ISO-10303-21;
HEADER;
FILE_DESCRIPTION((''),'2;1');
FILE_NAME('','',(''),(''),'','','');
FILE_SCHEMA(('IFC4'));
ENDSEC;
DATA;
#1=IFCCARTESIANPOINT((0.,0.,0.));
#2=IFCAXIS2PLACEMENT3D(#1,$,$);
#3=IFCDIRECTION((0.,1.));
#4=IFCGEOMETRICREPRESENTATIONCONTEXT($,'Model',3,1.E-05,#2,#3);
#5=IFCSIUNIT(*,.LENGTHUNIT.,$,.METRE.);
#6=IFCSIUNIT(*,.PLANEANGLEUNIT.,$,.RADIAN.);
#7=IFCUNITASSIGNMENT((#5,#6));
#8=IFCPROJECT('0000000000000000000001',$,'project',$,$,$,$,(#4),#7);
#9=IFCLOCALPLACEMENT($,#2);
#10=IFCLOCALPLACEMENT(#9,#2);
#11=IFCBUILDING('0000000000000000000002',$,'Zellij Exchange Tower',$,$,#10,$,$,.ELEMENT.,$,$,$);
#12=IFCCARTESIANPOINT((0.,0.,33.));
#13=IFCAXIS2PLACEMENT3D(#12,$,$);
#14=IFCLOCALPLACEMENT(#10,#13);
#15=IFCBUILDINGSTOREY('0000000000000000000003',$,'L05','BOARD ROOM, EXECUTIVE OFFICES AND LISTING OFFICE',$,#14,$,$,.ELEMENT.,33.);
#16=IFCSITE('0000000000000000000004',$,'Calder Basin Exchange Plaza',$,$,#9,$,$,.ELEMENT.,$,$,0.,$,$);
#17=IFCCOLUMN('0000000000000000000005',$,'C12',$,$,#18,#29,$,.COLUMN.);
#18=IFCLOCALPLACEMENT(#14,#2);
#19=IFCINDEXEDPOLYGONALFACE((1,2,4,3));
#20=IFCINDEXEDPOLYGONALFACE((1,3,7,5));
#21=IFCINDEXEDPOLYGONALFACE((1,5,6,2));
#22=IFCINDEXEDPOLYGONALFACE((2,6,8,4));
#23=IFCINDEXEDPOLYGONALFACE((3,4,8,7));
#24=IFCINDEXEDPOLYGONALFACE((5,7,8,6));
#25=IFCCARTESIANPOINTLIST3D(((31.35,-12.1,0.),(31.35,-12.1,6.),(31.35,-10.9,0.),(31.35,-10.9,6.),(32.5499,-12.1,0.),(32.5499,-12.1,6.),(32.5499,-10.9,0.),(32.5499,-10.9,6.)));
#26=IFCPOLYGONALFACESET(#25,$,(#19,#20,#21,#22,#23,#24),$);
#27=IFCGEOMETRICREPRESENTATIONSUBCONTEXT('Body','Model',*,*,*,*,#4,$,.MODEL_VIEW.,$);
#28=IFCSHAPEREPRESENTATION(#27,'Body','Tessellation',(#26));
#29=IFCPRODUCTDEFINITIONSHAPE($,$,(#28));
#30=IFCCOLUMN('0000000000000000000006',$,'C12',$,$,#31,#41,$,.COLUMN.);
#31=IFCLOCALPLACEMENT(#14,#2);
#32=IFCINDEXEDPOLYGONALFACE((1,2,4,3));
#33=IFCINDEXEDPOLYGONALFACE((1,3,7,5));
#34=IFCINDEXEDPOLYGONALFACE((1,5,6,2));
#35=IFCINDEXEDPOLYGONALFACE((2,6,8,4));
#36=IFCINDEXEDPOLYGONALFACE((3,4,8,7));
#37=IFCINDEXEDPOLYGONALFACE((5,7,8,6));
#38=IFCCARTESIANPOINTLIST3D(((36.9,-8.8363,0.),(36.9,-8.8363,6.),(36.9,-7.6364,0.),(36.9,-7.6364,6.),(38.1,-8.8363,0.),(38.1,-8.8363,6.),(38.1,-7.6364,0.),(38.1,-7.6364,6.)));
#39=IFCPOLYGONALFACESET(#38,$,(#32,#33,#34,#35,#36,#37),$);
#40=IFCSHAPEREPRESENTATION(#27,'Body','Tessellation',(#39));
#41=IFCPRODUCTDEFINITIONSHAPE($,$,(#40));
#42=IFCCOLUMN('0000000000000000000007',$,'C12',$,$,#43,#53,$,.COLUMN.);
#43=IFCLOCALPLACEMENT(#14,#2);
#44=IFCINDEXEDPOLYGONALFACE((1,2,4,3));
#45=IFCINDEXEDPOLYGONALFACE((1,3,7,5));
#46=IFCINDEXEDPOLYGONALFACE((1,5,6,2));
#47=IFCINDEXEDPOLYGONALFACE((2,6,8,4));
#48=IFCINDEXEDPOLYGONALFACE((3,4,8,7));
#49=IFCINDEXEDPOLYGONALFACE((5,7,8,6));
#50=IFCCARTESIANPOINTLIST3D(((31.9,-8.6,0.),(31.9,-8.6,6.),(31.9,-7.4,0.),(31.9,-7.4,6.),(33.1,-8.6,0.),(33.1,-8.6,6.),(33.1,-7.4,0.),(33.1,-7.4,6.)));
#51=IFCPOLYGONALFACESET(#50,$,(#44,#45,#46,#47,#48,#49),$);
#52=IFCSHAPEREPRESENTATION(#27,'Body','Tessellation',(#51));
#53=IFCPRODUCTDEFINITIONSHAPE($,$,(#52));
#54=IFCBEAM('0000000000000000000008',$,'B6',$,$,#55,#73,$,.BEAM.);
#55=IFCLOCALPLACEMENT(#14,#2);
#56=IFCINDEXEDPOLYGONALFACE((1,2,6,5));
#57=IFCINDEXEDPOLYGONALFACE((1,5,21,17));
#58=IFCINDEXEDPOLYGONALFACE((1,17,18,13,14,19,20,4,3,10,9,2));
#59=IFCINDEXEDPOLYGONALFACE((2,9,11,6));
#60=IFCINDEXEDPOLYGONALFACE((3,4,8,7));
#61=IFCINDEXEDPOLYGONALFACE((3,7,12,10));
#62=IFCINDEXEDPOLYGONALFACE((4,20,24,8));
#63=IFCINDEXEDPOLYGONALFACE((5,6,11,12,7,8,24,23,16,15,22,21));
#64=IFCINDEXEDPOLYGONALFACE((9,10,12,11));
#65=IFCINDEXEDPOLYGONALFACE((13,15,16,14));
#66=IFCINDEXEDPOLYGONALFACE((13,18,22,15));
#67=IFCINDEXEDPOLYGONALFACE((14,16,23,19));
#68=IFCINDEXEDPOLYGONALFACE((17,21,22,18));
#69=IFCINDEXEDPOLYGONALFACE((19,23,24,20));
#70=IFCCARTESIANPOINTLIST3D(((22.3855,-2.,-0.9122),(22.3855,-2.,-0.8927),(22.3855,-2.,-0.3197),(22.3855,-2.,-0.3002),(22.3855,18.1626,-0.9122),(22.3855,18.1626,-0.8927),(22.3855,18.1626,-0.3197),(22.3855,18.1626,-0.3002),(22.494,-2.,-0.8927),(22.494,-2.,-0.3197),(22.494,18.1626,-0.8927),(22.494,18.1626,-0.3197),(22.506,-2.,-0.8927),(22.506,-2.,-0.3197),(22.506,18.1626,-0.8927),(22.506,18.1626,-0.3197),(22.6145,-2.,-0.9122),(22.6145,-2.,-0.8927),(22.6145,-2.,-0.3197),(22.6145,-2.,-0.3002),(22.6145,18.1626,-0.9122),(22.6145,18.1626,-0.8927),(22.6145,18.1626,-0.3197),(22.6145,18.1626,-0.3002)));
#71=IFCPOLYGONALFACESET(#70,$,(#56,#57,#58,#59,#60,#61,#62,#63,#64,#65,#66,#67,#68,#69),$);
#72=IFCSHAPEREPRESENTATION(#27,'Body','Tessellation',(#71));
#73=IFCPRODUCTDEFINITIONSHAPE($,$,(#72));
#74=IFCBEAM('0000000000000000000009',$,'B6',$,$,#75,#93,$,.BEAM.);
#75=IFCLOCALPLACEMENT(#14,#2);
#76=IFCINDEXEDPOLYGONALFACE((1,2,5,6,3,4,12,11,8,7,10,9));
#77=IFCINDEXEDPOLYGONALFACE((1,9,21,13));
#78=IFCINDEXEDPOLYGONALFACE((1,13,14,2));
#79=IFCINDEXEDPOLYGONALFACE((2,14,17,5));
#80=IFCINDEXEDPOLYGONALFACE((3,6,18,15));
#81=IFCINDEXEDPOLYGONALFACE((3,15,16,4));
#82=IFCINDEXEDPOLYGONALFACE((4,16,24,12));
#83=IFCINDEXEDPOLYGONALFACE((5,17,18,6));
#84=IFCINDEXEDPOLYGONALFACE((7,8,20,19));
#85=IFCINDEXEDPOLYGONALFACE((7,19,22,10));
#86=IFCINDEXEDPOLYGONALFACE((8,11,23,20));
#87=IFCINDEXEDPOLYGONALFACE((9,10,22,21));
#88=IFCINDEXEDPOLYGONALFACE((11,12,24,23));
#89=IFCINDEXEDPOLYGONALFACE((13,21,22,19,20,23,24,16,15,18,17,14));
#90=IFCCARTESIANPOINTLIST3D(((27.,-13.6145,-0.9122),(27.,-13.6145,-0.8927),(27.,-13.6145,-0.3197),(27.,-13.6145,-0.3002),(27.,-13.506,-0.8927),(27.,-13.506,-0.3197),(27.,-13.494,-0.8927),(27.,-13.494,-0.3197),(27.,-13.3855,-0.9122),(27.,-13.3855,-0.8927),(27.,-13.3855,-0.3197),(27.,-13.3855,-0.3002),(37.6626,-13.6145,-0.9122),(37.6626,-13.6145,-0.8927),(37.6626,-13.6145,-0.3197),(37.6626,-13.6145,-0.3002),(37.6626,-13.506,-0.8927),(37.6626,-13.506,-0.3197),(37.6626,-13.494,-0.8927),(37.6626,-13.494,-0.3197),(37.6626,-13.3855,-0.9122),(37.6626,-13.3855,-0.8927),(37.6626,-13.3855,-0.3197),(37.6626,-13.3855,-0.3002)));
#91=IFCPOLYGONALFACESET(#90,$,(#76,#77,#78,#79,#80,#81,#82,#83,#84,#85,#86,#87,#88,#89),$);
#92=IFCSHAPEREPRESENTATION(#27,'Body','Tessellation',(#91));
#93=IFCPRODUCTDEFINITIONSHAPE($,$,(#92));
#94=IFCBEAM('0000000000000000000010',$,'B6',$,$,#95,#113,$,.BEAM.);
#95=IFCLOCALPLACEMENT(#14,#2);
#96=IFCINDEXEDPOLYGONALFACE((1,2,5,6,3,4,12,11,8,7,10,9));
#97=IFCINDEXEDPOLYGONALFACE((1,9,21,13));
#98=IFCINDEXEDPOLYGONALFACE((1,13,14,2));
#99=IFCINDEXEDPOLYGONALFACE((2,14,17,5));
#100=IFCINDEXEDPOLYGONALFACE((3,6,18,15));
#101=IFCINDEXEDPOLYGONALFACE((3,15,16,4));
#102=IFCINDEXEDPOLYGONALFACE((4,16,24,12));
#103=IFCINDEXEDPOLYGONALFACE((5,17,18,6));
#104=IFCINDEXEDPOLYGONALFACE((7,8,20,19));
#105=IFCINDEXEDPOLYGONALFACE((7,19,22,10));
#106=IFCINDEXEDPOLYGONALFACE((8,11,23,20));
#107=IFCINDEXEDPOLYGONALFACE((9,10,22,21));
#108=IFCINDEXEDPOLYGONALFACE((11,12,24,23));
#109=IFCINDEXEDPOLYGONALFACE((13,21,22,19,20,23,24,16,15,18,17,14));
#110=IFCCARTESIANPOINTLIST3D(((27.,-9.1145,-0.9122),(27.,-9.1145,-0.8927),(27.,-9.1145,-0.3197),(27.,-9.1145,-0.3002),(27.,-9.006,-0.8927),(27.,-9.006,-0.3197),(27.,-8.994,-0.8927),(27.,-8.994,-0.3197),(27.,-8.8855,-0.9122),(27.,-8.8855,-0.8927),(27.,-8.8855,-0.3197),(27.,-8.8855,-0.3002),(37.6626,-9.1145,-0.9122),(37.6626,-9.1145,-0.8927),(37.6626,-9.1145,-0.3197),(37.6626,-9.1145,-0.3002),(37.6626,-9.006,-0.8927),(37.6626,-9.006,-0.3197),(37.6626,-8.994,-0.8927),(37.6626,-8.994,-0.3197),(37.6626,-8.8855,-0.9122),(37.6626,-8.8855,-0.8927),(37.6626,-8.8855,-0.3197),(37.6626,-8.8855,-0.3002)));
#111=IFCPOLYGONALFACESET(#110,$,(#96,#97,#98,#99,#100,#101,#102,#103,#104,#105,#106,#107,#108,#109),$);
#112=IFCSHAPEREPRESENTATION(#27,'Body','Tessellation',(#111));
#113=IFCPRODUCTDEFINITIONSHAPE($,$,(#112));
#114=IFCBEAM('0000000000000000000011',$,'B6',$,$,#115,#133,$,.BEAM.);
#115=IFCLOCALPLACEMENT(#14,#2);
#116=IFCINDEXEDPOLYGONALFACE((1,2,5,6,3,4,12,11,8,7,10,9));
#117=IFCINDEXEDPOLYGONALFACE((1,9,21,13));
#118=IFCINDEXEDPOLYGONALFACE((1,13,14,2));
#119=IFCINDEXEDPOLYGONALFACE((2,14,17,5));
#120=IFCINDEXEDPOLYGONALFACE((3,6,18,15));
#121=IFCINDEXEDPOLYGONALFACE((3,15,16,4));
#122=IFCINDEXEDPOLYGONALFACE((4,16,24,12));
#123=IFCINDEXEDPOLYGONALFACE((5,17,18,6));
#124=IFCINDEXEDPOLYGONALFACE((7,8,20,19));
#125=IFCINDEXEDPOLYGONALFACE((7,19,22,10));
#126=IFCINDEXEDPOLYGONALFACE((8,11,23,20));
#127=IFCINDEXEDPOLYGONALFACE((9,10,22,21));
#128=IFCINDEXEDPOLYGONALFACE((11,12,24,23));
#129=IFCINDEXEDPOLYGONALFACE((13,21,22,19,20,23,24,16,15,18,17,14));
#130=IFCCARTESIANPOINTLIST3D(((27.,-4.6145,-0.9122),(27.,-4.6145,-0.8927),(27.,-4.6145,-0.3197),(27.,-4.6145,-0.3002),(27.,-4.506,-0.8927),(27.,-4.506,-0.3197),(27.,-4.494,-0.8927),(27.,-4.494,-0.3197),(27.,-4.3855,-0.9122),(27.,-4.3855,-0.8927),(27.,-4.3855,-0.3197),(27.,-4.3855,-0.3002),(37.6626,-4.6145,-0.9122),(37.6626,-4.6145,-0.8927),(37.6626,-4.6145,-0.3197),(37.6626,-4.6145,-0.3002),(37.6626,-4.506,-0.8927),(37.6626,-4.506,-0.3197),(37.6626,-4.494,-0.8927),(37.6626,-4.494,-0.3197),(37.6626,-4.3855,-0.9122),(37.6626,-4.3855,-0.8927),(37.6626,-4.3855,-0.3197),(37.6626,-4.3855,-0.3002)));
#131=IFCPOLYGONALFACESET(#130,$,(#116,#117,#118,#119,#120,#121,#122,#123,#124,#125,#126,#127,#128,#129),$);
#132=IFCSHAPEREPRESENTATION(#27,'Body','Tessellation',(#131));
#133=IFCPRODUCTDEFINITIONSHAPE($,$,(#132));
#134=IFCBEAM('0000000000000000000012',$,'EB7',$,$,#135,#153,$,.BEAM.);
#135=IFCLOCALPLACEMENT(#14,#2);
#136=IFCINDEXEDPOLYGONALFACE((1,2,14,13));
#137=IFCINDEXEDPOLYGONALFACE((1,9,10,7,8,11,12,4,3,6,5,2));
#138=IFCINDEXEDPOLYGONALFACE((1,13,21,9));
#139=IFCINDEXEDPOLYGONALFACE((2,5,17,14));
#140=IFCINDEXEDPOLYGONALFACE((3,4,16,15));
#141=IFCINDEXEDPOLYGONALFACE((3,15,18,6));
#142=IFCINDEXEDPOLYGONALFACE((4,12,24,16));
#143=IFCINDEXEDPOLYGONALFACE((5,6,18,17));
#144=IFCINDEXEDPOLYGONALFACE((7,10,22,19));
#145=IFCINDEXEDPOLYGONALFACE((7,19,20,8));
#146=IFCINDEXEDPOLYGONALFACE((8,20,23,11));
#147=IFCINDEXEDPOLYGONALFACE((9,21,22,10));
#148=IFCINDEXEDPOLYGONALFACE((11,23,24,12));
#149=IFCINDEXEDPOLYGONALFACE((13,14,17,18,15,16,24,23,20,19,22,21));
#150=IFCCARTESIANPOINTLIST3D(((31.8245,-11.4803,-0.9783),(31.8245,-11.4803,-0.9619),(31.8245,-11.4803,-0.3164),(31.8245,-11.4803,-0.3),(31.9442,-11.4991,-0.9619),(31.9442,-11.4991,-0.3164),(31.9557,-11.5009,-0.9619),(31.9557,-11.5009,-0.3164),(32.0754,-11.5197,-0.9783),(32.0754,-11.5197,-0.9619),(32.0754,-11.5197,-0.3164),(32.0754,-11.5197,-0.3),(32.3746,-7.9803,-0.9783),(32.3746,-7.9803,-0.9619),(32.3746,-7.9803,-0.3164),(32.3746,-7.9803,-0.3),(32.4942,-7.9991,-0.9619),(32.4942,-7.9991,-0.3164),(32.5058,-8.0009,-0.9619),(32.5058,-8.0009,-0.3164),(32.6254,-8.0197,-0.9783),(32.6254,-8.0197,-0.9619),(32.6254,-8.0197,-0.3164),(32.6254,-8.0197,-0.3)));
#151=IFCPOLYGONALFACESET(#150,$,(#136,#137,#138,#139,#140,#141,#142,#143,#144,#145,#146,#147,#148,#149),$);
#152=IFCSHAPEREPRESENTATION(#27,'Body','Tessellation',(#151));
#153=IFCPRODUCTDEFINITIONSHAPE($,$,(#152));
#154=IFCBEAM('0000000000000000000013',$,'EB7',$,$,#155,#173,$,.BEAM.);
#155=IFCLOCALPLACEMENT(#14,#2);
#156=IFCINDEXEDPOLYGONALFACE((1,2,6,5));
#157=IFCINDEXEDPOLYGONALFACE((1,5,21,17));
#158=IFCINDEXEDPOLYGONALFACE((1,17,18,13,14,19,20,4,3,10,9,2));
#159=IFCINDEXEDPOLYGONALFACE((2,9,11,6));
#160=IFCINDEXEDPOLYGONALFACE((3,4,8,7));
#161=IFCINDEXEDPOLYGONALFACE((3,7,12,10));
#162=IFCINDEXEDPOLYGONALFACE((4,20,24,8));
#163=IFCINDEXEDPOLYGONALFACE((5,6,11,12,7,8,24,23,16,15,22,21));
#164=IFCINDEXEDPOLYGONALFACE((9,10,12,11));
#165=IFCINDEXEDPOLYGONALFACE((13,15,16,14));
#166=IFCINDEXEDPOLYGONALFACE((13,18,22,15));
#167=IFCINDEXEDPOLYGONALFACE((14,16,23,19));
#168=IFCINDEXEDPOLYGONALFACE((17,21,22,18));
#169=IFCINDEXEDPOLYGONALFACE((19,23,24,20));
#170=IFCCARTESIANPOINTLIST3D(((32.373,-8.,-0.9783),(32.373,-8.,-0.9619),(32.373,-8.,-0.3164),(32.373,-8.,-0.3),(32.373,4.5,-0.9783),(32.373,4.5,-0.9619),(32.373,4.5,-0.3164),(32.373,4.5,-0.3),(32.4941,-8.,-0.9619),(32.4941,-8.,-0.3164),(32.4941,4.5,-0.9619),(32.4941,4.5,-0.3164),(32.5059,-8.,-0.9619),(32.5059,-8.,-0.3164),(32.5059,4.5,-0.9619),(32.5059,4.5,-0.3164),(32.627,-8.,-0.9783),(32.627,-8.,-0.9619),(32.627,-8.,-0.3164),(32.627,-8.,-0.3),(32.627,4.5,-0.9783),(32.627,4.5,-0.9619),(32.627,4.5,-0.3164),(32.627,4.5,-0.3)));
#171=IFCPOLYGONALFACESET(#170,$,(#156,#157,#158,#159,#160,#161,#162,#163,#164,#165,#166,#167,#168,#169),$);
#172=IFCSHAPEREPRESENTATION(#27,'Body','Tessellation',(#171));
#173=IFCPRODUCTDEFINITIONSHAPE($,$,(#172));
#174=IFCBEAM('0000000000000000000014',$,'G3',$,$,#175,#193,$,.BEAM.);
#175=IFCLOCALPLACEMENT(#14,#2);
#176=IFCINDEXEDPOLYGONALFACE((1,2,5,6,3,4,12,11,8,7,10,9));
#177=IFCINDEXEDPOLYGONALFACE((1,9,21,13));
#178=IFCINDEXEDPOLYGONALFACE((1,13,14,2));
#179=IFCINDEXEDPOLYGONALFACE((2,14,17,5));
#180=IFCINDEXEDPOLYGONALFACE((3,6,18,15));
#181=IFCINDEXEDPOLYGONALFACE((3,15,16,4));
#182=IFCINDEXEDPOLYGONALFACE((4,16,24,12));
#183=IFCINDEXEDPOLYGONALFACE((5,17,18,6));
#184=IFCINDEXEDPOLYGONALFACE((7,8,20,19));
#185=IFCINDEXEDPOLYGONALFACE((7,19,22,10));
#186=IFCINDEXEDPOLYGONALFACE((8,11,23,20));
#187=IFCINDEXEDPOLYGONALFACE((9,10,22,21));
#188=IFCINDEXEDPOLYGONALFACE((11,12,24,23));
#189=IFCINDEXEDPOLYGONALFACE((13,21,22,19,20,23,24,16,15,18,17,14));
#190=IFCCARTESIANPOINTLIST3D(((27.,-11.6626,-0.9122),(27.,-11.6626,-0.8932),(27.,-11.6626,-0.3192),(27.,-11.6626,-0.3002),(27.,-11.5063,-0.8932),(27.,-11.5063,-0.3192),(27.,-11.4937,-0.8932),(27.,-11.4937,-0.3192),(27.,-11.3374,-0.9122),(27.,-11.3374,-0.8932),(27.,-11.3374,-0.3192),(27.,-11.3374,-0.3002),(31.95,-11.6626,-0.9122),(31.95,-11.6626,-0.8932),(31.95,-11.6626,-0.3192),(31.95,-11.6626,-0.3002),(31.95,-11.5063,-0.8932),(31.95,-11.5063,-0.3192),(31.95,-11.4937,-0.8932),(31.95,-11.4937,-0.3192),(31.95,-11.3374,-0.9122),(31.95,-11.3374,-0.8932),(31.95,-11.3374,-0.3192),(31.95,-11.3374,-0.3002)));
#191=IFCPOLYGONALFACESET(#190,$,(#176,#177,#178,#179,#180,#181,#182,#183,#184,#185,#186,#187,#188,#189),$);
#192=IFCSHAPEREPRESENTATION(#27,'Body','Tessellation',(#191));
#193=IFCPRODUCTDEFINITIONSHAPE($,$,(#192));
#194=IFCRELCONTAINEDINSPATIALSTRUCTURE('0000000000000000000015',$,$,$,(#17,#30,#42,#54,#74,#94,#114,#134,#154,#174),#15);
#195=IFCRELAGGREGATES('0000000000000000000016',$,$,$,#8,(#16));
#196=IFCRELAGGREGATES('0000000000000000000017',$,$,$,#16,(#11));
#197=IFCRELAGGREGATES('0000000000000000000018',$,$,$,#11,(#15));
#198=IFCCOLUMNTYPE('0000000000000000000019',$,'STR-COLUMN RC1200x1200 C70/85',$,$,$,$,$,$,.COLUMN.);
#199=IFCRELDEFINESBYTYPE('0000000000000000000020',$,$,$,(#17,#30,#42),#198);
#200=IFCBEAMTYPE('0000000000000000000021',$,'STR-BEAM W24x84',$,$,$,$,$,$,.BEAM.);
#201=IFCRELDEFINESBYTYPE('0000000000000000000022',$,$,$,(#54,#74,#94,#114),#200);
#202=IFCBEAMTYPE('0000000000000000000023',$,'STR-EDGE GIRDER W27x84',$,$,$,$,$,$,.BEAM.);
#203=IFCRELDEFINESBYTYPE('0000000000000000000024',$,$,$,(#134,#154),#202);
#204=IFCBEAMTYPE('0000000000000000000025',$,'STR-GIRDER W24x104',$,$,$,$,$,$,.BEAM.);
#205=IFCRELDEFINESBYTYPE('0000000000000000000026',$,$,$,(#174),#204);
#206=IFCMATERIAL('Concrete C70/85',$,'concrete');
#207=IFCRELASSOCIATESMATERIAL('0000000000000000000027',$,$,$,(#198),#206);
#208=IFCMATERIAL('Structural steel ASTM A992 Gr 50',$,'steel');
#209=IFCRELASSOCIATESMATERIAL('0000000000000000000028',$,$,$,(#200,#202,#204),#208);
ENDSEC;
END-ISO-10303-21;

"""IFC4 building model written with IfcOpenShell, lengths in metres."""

from ifc_helpers import new_model, si_unit, direction, frame, origin, origin_2d, place, context, subcontext, project, spatial, rectangle, i_section, extrude, material, material_profile, profile_set, type_object, element, save


model = new_model("IFC4")

# Units and contexts
model_context = context("Model", 3, precision=1e-05, world=origin(), true_north=direction((0.0, 1.0)))
body_context = subcontext(model_context, "Body", "Model", "MODEL_VIEW")
ifc_project = project(units=[si_unit("LENGTHUNIT", "METRE"), si_unit("PLANEANGLEUNIT", "RADIAN")], contexts=[model_context])

# Site, building, storey
site_placement = place(None, origin())
site = spatial("IfcSite", under=ifc_project, at=site_placement, Name="Calder Basin Exchange Plaza", CompositionType="ELEMENT", RefElevation=0.0)
building_placement = place(site_placement, origin())
building = spatial("IfcBuilding", under=site, at=building_placement, Name="Zellij Exchange Tower", CompositionType="ELEMENT")
storey_placement = place(building_placement, frame((0.0, 0.0, 33.0)))
storey = spatial("IfcBuildingStorey", under=building, at=storey_placement, Name="L05", Description="BOARD ROOM, EXECUTIVE OFFICES AND LISTING OFFICE", CompositionType="ELEMENT", Elevation=33.0)

# Columns
ifc_material_1 = material(Name="Concrete C70/85", Category="concrete")
ifc_material_profile_1 = material_profile(ifc_material_1, rectangle(XDim=1.2, YDim=1.2, at=origin_2d()), Name="STR-COLUMN RC1200x1200 C70/85")
ifc_profile_set_1 = profile_set([ifc_material_profile_1], Name="Concrete C70/85")
column_type = type_object("IfcColumnType", Name="STR-COLUMN RC1200x1200 C70/85", PredefinedType="COLUMN", material=ifc_profile_set_1)
for number, where, z_axis, x_axis, name in (
    (1, (31.95, -11.5, 0.0), (0.0, 0.0, 1.0), (1.0, 0.0, 0.0), "C12"),
    (2, (37.5, -8.2363, 0.0), (0.0, 0.0, 1.0), (1.0, 0.0, 0.0), "C12"),
    (3, (32.5, -8.0, 0.0), (0.0, 0.0, 1.0), (1.0, 0.0, 0.0), "C12"),
):
    element("IfcColumn", number, at=place(storey_placement, frame(where, z_axis=z_axis, x_axis=x_axis)), inside=storey, type_object=column_type, Name=name, PredefinedType="COLUMN", context=body_context, shape_type="SweptSolid", body=[
        extrude(rectangle(XDim=1.2, YDim=1.2, at=origin_2d()), origin(), (0.0, 0.0, 1.0), 6.0),
    ])

# Beams
ifc_material_2 = material(Name="Structural steel ASTM A992 Gr 50", Category="steel")
ifc_material_profile_2 = material_profile(ifc_material_2, i_section(OverallWidth=0.229, OverallDepth=0.6121, WebThickness=0.012, FlangeThickness=0.0195, at=origin_2d()), Name="W24x84")
ifc_profile_set_2 = profile_set([ifc_material_profile_2], Name="Structural steel ASTM A992 Gr 50")
beam_type_1 = type_object("IfcBeamType", Name="STR-BEAM W24x84", PredefinedType="BEAM", material=ifc_profile_set_2)
beam_1_placement = place(storey_placement, frame((22.5, -2.0, -0.6062), z_axis=(0.0, 1.0, 0.0), x_axis=(-1.0, 0.0, 0.0)))
element("IfcBeam", 4, at=beam_1_placement, inside=storey, type_object=beam_type_1, Name="B6", PredefinedType="BEAM", context=body_context, shape_type="SweptSolid", body=[
    extrude(i_section(OverallWidth=0.229, OverallDepth=0.6121, WebThickness=0.012, FlangeThickness=0.0195, at=origin_2d()), origin(), (0.0, 0.0, 1.0), 20.1626),
])
for number, where, z_axis, x_axis, name in (
    (5, (27.0, -13.5, -0.6062), (1.0, 0.0, 0.0), (0.0, 1.0, 0.0), "B6"),
    (6, (27.0, -9.0, -0.6062), (1.0, 0.0, 0.0), (0.0, 1.0, 0.0), "B6"),
    (7, (27.0, -4.5, -0.6062), (1.0, 0.0, 0.0), (0.0, 1.0, 0.0), "B6"),
):
    element("IfcBeam", number, at=place(storey_placement, frame(where, z_axis=z_axis, x_axis=x_axis)), inside=storey, type_object=beam_type_1, Name=name, PredefinedType="BEAM", context=body_context, shape_type="SweptSolid", body=[
        extrude(i_section(OverallWidth=0.229, OverallDepth=0.6121, WebThickness=0.012, FlangeThickness=0.0195, at=origin_2d()), origin(), (0.0, 0.0, 1.0), 10.6626),
    ])
ifc_material_profile_3 = material_profile(ifc_material_2, i_section(OverallWidth=0.2539, OverallDepth=0.6782, WebThickness=0.0117, FlangeThickness=0.0164, at=origin_2d()), Name="W27x84")
ifc_profile_set_3 = profile_set([ifc_material_profile_3], Name="Structural steel ASTM A992 Gr 50")
beam_type_2 = type_object("IfcBeamType", Name="STR-EDGE GIRDER W27x84", PredefinedType="BEAM", material=ifc_profile_set_3)
beam_2_placement = place(storey_placement, frame((31.95, -11.5, -0.6392), z_axis=(0.155251, 0.987875, 0.0), x_axis=(-0.987875, 0.155251, 0.0)))
element("IfcBeam", 8, at=beam_2_placement, inside=storey, type_object=beam_type_2, Name="EB7", PredefinedType="BEAM", context=body_context, shape_type="SweptSolid", body=[
    extrude(i_section(OverallWidth=0.2539, OverallDepth=0.6782, WebThickness=0.0117, FlangeThickness=0.0164, at=origin_2d()), origin(), (0.0, 0.0, 1.0), 3.543),
])
beam_3_placement = place(storey_placement, frame((32.5, -8.0, -0.6392), z_axis=(0.0, 1.0, 0.0), x_axis=(-1.0, 0.0, 0.0)))
element("IfcBeam", 9, at=beam_3_placement, inside=storey, type_object=beam_type_2, Name="EB7", PredefinedType="BEAM", context=body_context, shape_type="SweptSolid", body=[
    extrude(i_section(OverallWidth=0.2539, OverallDepth=0.6782, WebThickness=0.0117, FlangeThickness=0.0164, at=origin_2d()), origin(), (0.0, 0.0, 1.0), 12.5),
])
ifc_material_profile_4 = material_profile(ifc_material_2, i_section(OverallWidth=0.3252, OverallDepth=0.6121, WebThickness=0.0127, FlangeThickness=0.019, at=origin_2d()), Name="W24x104")
ifc_profile_set_4 = profile_set([ifc_material_profile_4], Name="Structural steel ASTM A992 Gr 50")
beam_type_3 = type_object("IfcBeamType", Name="STR-GIRDER W24x104", PredefinedType="BEAM", material=ifc_profile_set_4)
beam_4_placement = place(storey_placement, frame((27.0, -11.5, -0.6062), z_axis=(1.0, 0.0, 0.0), x_axis=(0.0, 1.0, 0.0)))
element("IfcBeam", 10, at=beam_4_placement, inside=storey, type_object=beam_type_3, Name="G3", PredefinedType="BEAM", context=body_context, shape_type="SweptSolid", body=[
    extrude(i_section(OverallWidth=0.3252, OverallDepth=0.6121, WebThickness=0.0127, FlangeThickness=0.019, at=origin_2d()), origin(), (0.0, 0.0, 1.0), 4.95),
])

save(model, "model.ifc")
